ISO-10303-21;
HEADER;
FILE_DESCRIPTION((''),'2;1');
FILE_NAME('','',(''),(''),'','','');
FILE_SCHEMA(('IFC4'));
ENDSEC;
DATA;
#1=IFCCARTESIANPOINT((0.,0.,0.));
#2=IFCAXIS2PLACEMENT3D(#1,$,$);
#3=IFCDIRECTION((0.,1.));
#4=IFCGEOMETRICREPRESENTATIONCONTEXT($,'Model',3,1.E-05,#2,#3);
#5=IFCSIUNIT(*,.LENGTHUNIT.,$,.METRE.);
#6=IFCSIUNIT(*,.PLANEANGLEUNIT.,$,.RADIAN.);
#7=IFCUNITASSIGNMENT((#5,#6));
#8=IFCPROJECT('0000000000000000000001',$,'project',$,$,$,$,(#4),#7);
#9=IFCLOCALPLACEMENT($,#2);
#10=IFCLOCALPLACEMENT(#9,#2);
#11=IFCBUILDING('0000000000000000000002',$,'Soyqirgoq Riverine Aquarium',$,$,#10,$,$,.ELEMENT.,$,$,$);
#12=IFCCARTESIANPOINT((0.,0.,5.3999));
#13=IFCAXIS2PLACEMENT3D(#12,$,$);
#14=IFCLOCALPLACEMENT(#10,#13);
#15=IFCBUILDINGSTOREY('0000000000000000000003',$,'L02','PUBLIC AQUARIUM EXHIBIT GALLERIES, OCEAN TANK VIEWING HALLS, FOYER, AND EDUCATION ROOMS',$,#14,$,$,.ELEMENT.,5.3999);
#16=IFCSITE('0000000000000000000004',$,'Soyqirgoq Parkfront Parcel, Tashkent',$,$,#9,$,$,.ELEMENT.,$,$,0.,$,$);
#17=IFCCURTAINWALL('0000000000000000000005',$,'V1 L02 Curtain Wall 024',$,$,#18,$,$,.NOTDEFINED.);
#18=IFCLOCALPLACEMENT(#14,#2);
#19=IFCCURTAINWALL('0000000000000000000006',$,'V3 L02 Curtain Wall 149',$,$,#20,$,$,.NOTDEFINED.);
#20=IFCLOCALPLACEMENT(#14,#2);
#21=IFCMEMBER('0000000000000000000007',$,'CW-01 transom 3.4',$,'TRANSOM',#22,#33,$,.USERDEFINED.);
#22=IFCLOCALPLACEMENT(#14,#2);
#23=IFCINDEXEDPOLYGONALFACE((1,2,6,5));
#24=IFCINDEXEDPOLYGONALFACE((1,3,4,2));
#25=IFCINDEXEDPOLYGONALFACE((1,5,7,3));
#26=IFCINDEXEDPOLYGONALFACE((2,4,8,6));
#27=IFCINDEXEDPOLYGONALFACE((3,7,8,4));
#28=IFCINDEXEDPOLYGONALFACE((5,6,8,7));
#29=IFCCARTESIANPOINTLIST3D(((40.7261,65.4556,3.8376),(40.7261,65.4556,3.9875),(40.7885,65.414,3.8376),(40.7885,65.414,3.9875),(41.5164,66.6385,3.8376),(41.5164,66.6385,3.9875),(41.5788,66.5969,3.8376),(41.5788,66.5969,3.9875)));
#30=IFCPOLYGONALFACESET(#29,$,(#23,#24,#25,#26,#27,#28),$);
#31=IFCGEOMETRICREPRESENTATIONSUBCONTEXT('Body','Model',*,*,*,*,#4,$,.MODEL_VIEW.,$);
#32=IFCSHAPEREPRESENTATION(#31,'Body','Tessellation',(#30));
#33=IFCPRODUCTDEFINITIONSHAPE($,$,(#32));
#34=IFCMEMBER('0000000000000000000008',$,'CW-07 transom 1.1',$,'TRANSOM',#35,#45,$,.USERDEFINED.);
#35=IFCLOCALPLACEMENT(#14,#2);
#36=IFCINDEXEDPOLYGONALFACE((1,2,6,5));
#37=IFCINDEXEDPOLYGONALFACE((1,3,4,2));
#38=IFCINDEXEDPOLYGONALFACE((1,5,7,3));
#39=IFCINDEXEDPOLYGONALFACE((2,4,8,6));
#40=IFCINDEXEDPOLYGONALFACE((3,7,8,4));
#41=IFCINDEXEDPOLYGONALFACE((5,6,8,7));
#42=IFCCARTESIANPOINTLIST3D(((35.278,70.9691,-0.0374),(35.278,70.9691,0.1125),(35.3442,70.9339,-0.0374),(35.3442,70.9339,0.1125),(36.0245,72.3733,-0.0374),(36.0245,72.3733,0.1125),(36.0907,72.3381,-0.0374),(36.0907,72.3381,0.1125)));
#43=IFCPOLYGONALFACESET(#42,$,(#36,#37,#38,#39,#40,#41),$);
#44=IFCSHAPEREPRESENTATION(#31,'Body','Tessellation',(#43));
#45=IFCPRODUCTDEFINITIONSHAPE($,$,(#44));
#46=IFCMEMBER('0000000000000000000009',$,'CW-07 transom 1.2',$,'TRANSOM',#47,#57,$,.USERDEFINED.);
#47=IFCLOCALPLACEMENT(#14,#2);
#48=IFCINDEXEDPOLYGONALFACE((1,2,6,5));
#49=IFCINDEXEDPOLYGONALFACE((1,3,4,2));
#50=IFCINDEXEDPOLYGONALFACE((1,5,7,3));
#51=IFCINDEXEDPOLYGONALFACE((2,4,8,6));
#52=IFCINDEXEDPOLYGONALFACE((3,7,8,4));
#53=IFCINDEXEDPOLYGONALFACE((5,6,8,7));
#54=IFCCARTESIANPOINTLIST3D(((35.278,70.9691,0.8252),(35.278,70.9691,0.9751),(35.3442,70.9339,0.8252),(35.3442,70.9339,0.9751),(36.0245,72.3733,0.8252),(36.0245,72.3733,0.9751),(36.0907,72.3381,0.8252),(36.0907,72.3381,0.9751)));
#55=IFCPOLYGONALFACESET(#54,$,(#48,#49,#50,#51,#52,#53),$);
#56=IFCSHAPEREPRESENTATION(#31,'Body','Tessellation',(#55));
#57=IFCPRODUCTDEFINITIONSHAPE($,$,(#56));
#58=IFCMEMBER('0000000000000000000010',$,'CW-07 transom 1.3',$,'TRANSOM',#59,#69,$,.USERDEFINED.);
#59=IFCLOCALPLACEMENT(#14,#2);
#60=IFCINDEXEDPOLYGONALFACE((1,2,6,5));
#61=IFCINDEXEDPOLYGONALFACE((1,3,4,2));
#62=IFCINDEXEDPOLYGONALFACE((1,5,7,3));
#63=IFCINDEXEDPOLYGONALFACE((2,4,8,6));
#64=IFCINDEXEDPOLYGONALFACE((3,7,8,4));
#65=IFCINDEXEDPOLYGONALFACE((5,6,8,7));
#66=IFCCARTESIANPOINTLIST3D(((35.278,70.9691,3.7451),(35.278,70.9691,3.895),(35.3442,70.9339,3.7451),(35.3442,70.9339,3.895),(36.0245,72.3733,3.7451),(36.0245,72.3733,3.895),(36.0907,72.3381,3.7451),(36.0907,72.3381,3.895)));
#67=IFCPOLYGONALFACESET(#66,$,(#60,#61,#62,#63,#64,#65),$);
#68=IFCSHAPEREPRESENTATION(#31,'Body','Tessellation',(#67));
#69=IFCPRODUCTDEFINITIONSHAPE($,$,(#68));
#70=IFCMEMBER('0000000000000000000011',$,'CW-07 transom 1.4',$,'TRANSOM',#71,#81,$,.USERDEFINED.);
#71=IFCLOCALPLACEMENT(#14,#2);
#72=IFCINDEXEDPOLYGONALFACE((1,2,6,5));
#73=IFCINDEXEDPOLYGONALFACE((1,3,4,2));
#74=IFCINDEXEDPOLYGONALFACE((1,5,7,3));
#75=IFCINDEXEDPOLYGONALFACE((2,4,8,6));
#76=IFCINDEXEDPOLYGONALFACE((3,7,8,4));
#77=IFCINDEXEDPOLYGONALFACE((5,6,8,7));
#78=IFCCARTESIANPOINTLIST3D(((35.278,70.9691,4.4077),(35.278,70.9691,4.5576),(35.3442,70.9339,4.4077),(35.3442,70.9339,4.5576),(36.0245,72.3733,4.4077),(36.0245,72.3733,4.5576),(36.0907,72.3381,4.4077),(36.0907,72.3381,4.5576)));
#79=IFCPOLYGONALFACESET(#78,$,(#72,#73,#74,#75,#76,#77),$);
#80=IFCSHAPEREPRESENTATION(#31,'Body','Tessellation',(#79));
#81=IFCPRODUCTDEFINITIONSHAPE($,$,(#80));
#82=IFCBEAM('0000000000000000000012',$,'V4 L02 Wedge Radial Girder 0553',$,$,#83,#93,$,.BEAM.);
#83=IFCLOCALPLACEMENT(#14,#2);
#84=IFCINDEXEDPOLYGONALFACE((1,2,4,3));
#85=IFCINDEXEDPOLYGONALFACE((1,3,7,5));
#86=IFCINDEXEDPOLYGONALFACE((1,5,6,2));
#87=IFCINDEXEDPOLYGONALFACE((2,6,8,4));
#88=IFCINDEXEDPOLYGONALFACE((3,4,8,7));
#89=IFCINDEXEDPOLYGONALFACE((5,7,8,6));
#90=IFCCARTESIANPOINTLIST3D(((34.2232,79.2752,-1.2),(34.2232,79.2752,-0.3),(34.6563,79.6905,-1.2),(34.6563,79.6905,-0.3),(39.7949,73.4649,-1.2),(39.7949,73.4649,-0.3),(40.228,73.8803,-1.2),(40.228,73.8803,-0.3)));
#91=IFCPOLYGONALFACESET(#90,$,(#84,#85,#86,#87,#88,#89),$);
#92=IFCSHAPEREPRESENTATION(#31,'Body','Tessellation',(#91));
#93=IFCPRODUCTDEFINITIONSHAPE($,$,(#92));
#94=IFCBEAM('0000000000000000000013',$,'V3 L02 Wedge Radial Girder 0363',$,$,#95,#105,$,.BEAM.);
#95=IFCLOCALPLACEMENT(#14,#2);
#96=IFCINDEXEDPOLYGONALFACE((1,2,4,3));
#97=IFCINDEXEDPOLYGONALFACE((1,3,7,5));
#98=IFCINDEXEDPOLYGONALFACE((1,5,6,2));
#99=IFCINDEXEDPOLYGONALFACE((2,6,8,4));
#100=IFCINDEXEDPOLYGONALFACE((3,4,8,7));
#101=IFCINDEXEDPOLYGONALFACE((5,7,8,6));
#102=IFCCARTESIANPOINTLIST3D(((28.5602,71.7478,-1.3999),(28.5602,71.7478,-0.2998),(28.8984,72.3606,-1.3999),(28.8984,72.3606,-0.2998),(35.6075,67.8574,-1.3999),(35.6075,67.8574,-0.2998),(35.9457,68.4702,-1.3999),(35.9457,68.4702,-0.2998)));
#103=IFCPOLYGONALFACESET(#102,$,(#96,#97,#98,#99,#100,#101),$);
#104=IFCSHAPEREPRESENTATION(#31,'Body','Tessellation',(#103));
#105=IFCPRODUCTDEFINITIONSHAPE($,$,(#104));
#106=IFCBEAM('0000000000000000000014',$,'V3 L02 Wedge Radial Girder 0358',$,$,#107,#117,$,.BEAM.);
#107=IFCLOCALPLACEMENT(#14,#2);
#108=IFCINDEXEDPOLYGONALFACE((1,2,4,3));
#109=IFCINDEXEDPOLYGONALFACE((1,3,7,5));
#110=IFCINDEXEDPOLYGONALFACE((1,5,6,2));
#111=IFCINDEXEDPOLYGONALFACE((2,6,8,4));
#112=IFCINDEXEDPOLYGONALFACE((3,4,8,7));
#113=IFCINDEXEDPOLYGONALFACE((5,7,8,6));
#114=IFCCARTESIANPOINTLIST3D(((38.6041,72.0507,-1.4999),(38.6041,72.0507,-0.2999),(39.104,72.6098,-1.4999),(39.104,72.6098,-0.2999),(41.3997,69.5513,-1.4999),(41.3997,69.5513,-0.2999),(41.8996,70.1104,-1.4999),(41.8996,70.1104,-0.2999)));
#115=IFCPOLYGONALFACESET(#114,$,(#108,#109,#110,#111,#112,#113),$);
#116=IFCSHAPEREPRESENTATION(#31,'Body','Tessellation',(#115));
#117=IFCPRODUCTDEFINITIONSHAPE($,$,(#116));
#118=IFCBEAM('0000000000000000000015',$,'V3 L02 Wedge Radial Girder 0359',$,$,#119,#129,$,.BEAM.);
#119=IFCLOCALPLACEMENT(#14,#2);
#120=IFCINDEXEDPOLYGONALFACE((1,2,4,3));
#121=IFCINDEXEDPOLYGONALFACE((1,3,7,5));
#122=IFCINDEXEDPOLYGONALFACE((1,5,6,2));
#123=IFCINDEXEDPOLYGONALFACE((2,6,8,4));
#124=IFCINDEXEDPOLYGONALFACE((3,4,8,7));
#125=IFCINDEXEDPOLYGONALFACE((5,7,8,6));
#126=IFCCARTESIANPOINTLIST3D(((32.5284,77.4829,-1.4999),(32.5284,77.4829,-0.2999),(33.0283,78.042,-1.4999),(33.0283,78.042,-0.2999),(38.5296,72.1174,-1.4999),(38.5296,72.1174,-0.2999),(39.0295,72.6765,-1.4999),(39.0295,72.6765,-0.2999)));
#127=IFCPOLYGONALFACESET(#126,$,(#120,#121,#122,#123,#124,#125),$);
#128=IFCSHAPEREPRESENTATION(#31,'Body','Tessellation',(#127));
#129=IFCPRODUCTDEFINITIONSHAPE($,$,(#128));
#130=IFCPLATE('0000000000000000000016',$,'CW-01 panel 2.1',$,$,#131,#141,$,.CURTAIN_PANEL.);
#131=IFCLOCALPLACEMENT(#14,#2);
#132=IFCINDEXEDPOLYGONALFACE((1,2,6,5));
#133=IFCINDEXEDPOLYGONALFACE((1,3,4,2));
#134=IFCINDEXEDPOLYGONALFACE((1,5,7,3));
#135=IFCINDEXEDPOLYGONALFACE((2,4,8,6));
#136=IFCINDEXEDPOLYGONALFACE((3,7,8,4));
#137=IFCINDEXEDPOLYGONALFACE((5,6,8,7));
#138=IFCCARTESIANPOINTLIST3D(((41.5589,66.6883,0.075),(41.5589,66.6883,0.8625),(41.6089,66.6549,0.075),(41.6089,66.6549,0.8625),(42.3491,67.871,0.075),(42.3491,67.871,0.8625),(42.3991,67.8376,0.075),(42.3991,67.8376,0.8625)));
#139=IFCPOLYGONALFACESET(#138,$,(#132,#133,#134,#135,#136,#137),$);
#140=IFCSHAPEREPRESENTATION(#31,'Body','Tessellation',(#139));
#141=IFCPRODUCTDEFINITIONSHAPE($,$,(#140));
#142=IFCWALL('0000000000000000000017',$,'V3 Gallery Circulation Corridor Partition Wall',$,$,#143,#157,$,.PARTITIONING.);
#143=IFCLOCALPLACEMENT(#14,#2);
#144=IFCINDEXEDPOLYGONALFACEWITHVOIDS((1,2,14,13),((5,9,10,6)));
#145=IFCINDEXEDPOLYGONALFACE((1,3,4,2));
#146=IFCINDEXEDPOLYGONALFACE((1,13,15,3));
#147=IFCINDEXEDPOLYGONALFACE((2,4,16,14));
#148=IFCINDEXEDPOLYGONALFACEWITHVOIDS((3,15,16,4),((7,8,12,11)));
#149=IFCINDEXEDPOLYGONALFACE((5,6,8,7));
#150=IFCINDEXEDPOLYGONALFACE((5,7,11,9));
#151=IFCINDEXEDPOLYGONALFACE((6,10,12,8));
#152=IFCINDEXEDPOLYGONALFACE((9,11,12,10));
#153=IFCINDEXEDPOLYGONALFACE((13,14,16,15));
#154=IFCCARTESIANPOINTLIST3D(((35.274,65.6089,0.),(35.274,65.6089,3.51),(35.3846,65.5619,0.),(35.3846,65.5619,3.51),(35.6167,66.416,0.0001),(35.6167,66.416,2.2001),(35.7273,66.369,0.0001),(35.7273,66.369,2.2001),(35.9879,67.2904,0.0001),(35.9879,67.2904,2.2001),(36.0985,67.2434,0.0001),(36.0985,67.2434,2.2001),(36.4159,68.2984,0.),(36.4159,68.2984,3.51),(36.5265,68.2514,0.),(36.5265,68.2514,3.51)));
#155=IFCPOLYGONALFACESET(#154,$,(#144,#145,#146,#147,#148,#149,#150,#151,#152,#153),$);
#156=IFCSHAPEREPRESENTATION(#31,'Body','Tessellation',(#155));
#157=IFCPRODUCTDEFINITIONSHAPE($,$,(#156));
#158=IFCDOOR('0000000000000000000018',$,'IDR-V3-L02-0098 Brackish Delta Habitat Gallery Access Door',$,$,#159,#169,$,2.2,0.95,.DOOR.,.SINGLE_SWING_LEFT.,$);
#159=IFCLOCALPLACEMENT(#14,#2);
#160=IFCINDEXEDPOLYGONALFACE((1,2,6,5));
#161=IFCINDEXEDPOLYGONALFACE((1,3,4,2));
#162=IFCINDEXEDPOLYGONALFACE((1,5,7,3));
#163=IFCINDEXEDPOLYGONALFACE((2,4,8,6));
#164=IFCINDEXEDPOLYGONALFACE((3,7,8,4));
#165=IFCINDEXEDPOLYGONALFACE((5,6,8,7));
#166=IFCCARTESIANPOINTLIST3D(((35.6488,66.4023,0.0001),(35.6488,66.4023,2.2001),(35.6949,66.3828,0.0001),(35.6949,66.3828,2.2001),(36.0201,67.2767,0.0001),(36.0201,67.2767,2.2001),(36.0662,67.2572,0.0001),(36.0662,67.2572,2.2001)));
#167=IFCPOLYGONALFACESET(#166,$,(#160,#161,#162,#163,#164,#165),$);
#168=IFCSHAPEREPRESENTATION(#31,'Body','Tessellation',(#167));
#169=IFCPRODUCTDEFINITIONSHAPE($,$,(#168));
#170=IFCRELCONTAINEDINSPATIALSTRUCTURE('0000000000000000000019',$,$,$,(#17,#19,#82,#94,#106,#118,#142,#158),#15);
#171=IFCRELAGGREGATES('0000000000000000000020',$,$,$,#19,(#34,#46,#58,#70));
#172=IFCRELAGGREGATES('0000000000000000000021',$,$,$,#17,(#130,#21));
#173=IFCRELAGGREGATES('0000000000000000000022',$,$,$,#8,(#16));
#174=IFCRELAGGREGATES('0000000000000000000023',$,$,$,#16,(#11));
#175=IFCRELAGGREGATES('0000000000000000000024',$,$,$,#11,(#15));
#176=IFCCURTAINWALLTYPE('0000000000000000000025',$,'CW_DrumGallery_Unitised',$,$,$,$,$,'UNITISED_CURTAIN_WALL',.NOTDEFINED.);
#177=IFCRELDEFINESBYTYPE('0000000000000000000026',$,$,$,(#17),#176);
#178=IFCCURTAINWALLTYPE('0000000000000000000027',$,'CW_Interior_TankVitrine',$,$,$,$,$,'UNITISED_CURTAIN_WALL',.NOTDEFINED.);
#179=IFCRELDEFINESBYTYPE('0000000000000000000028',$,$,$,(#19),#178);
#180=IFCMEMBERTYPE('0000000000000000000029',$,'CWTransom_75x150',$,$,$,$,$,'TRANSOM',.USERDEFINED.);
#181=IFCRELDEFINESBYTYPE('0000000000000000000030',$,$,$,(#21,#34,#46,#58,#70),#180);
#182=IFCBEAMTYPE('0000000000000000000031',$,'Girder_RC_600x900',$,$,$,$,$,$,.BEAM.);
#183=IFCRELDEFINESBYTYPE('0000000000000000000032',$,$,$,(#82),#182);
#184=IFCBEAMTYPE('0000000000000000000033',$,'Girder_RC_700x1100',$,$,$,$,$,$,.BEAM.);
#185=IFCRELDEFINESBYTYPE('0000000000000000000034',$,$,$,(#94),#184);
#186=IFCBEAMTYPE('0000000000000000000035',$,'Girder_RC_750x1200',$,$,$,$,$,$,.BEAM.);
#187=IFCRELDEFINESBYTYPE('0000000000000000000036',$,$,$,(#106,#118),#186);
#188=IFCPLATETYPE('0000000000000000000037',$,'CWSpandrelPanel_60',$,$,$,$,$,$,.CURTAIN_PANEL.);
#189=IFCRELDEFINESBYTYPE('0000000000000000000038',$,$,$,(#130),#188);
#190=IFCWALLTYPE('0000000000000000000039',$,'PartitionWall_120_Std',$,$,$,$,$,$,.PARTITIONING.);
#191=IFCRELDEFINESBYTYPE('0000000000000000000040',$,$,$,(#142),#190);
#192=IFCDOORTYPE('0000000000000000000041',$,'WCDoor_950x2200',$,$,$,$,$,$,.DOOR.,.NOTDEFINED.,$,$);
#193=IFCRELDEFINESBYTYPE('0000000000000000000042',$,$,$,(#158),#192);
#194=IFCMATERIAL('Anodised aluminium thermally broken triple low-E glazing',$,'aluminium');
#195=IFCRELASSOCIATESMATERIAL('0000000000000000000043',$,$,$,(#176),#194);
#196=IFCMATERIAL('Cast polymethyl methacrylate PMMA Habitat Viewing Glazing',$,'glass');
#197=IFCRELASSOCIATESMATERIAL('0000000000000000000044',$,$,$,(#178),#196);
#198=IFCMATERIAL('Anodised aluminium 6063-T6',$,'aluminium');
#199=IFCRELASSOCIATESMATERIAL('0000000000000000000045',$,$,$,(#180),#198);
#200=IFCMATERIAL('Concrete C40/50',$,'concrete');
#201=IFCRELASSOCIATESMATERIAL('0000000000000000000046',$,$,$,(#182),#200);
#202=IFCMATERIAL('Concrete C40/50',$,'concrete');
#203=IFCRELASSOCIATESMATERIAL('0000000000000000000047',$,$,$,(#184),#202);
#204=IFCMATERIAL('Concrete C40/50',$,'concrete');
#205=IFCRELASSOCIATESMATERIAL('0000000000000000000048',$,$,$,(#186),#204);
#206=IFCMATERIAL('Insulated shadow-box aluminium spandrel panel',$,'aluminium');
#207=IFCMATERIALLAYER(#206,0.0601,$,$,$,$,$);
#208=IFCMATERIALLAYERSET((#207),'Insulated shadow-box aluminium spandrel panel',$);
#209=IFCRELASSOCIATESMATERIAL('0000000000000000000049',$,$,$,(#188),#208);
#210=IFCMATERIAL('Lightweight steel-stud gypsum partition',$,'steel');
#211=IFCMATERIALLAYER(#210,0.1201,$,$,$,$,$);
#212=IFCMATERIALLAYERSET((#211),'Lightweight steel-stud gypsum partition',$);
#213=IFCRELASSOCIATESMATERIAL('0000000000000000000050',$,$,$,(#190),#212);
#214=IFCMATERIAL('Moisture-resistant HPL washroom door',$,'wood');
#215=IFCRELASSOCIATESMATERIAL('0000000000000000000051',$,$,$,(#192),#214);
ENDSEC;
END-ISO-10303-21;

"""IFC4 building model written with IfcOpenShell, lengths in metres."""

from ifc_helpers import new_model, si_unit, direction, frame, frame_2d, origin, origin_2d, place, context, subcontext, project, spatial, rectangle, extrude, material, layer, layer_set, material_profile, profile_set, type_object, element, fill, aggregate, save


model = new_model("IFC4")

# Units and contexts
model_context = context("Model", 3, precision=1e-05, world=origin(), true_north=direction((0.0, 1.0)))
body_context = subcontext(model_context, "Body", "Model", "MODEL_VIEW")
ifc_project = project(units=[si_unit("LENGTHUNIT", "METRE"), si_unit("PLANEANGLEUNIT", "RADIAN")], contexts=[model_context])

# Site, building, storey
site_placement = place(None, origin())
site = spatial("IfcSite", under=ifc_project, at=site_placement, Name="Soyqirgoq Parkfront Parcel, Tashkent", CompositionType="ELEMENT", RefElevation=0.0)
building_placement = place(site_placement, origin())
building = spatial("IfcBuilding", under=site, at=building_placement, Name="Soyqirgoq Riverine Aquarium", CompositionType="ELEMENT")
storey_placement = place(building_placement, frame((0.0, 0.0, 5.3999)))
storey = spatial("IfcBuildingStorey", under=building, at=storey_placement, Name="L02", Description="PUBLIC AQUARIUM EXHIBIT GALLERIES, OCEAN TANK VIEWING HALLS, FOYER, AND EDUCATION ROOMS", CompositionType="ELEMENT", Elevation=5.3999)

# Curtain walls
ifc_material_1 = material(Name="Anodised aluminium thermally broken triple low-E glazing", Category="aluminium")
curtain_wall_type_1 = type_object("IfcCurtainWallType", Name="CW_DrumGallery_Unitised", ElementType="UNITISED_CURTAIN_WALL", PredefinedType="NOTDEFINED", material=ifc_material_1)
curtain_wall_1_placement = place(storey_placement, origin())
curtain_wall_1 = element("IfcCurtainWall", 1, at=curtain_wall_1_placement, inside=storey, type_object=curtain_wall_type_1, Name="V1 L02 Curtain Wall 024", PredefinedType="NOTDEFINED")
ifc_material_2 = material(Name="Cast polymethyl methacrylate PMMA Habitat Viewing Glazing", Category="glass")
curtain_wall_type_2 = type_object("IfcCurtainWallType", Name="CW_Interior_TankVitrine", ElementType="UNITISED_CURTAIN_WALL", PredefinedType="NOTDEFINED", material=ifc_material_2)
curtain_wall_2_placement = place(storey_placement, origin())
curtain_wall_2 = element("IfcCurtainWall", 2, at=curtain_wall_2_placement, inside=storey, type_object=curtain_wall_type_2, Name="V3 L02 Curtain Wall 149", PredefinedType="NOTDEFINED")

# Members
ifc_material_3 = material(Name="Anodised aluminium 6063-T6", Category="aluminium")
ifc_material_profile_1 = material_profile(ifc_material_3, rectangle(XDim=0.075, YDim=0.1499, at=origin_2d()), Name="ALU-T 75x150")
ifc_profile_set_1 = profile_set([ifc_material_profile_1], Name="Anodised aluminium 6063-T6")
member_type_1 = type_object("IfcMemberType", Name="CWTransom_75x150", ElementType="TRANSOM", PredefinedType="USERDEFINED", material=ifc_profile_set_1)
member_1_placement = place(storey_placement, frame((41.5476, 66.6177, 3.9126), z_axis=(-0.555532, -0.831495, 0.0), x_axis=(0.831495, -0.555532, 0.0)))
member_1 = element("IfcMember", 3, at=member_1_placement, type_object=member_type_1, Name="CW-01 transom 3.4", ObjectType="TRANSOM", PredefinedType="USERDEFINED", context=body_context, shape_type="SweptSolid", body=[
    extrude(rectangle(XDim=0.075, YDim=0.1499, at=origin_2d()), origin(), (0.0, 0.0, 1.0), 1.4226),
])
member_2_placement = place(storey_placement, frame((36.0576, 72.3557, 0.0376), z_axis=(-0.469425, -0.882973, 0.0), x_axis=(0.882973, -0.469425, 0.0)))
member_2 = element("IfcMember", 4, at=member_2_placement, type_object=member_type_1, Name="CW-07 transom 1.1", ObjectType="TRANSOM", PredefinedType="USERDEFINED", context=body_context, shape_type="SweptSolid", body=[
    extrude(rectangle(XDim=0.075, YDim=0.1499, at=origin_2d()), origin(), (0.0, 0.0, 1.0), 1.5903),
])
member_3_placement = place(storey_placement, frame((36.0576, 72.3557, 0.9001), z_axis=(-0.469425, -0.882973, 0.0), x_axis=(0.882973, -0.469425, 0.0)))
member_3 = element("IfcMember", 5, at=member_3_placement, type_object=member_type_1, Name="CW-07 transom 1.2", ObjectType="TRANSOM", PredefinedType="USERDEFINED", context=body_context, shape_type="SweptSolid", body=[
    extrude(rectangle(XDim=0.075, YDim=0.1499, at=origin_2d()), origin(), (0.0, 0.0, 1.0), 1.5903),
])
member_4_placement = place(storey_placement, frame((36.0576, 72.3557, 3.8201), z_axis=(-0.469425, -0.882973, 0.0), x_axis=(0.882973, -0.469425, 0.0)))
member_4 = element("IfcMember", 6, at=member_4_placement, type_object=member_type_1, Name="CW-07 transom 1.3", ObjectType="TRANSOM", PredefinedType="USERDEFINED", context=body_context, shape_type="SweptSolid", body=[
    extrude(rectangle(XDim=0.075, YDim=0.1499, at=origin_2d()), origin(), (0.0, 0.0, 1.0), 1.5903),
])
member_5_placement = place(storey_placement, frame((36.0576, 72.3557, 4.4827), z_axis=(-0.469425, -0.882973, 0.0), x_axis=(0.882973, -0.469425, 0.0)))
member_5 = element("IfcMember", 7, at=member_5_placement, type_object=member_type_1, Name="CW-07 transom 1.4", ObjectType="TRANSOM", PredefinedType="USERDEFINED", context=body_context, shape_type="SweptSolid", body=[
    extrude(rectangle(XDim=0.075, YDim=0.1499, at=origin_2d()), origin(), (0.0, 0.0, 1.0), 1.5903),
])
aggregate(curtain_wall_2, [member_2, member_3, member_4, member_5])

# Beams
ifc_material_4 = material(Name="Concrete C40/50", Category="concrete")
ifc_material_profile_2 = material_profile(ifc_material_4, rectangle(XDim=0.6001, YDim=0.8999, at=origin_2d()), Name="RC 600x900")
ifc_profile_set_2 = profile_set([ifc_material_profile_2], Name="Concrete C40/50")
beam_type_1 = type_object("IfcBeamType", Name="Girder_RC_600x900", PredefinedType="BEAM", material=ifc_profile_set_2)
beam_1_placement = place(storey_placement, frame((40.0115, 73.6726, -0.75), z_axis=(-0.692137, 0.721767, 0.0), x_axis=(-0.721767, -0.692137, 0.0)))
element("IfcBeam", 8, at=beam_1_placement, inside=storey, type_object=beam_type_1, Name="V4 L02 Wedge Radial Girder 0553", PredefinedType="BEAM", context=body_context, shape_type="SweptSolid", body=[
    extrude(rectangle(XDim=0.6001, YDim=0.8999, at=origin_2d()), origin(), (0.0, 0.0, 1.0), 8.05),
])
ifc_material_5 = material(Name="Concrete C40/50", Category="concrete")
ifc_material_profile_3 = material_profile(ifc_material_5, rectangle(XDim=0.7, YDim=1.1001, at=origin_2d()), Name="RC 700x1100")
ifc_profile_set_3 = profile_set([ifc_material_profile_3], Name="Concrete C40/50")
beam_type_2 = type_object("IfcBeamType", Name="Girder_RC_700x1100", PredefinedType="BEAM", material=ifc_profile_set_3)
beam_2_placement = place(storey_placement, frame((35.7766, 68.1638, -0.8499), z_axis=(-0.875463, 0.483285, 0.0), x_axis=(-0.483285, -0.875463, 0.0)))
element("IfcBeam", 9, at=beam_2_placement, inside=storey, type_object=beam_type_2, Name="V3 L02 Wedge Radial Girder 0363", PredefinedType="BEAM", context=body_context, shape_type="SweptSolid", body=[
    extrude(rectangle(XDim=0.7, YDim=1.1001, at=origin_2d()), origin(), (0.0, 0.0, 1.0), 8.0498),
])
ifc_material_6 = material(Name="Concrete C40/50", Category="concrete")
ifc_material_profile_4 = material_profile(ifc_material_6, rectangle(XDim=0.75, YDim=1.2, at=origin_2d()), Name="RC 750x1200")
ifc_profile_set_4 = profile_set([ifc_material_profile_4], Name="Concrete C40/50")
beam_type_3 = type_object("IfcBeamType", Name="Girder_RC_750x1200", PredefinedType="BEAM", material=ifc_profile_set_4)
beam_3_placement = place(storey_placement, frame((41.6497, 69.8308, -0.8999), z_axis=(-0.745488, 0.666519, 0.0), x_axis=(-0.666519, -0.745488, 0.0)))
element("IfcBeam", 10, at=beam_3_placement, inside=storey, type_object=beam_type_3, Name="V3 L02 Wedge Radial Girder 0358", PredefinedType="BEAM", context=body_context, shape_type="SweptSolid", body=[
    extrude(rectangle(XDim=0.75, YDim=1.2, at=origin_2d()), origin(), (0.0, 0.0, 1.0), 3.75),
])
beam_4_placement = place(storey_placement, frame((38.7795, 72.397, -0.8999), z_axis=(-0.74549, 0.666516, 0.0), x_axis=(-0.666516, -0.74549, 0.0)))
element("IfcBeam", 11, at=beam_4_placement, inside=storey, type_object=beam_type_3, Name="V3 L02 Wedge Radial Girder 0359", PredefinedType="BEAM", context=body_context, shape_type="SweptSolid", body=[
    extrude(rectangle(XDim=0.75, YDim=1.2, at=origin_2d()), origin(), (0.0, 0.0, 1.0), 8.05),
])

# Plate
ifc_material_7 = material(Name="Insulated shadow-box aluminium spandrel panel", Category="aluminium")
ifc_layer_1 = layer(ifc_material_7, 0.0601)
ifc_layer_set_1 = layer_set([ifc_layer_1], Name="Insulated shadow-box aluminium spandrel panel")
plate_type = type_object("IfcPlateType", Name="CWSpandrelPanel_60", PredefinedType="CURTAIN_PANEL", material=ifc_layer_set_1)
plate_placement = place(storey_placement, frame((41.979, 67.2629, 0.075), z_axis=(0.0, 0.0, 1.0), x_axis=(-0.555565, -0.831473, 0.0)))
plate = element("IfcPlate", 12, at=plate_placement, type_object=plate_type, Name="CW-01 panel 2.1", PredefinedType="CURTAIN_PANEL", context=body_context, shape_type="SweptSolid", body=[
    extrude(rectangle(XDim=1.4224, YDim=0.0601, at=origin_2d()), origin(), (0.0, 0.0, 1.0), 0.7876),
])
aggregate(curtain_wall_1, [plate, member_1])

# Wall, opening, door
ifc_material_8 = material(Name="Lightweight steel-stud gypsum partition", Category="steel")
ifc_layer_2 = layer(ifc_material_8, 0.1201)
ifc_layer_set_2 = layer_set([ifc_layer_2], Name="Lightweight steel-stud gypsum partition")
wall_type_1 = type_object("IfcWallType", Name="PartitionWall_120_Std", PredefinedType="PARTITIONING", material=ifc_layer_set_2)
wall_1_placement = place(storey_placement, frame((36.4712, 68.2749, 0.0), z_axis=(0.0, 0.0, 1.0), x_axis=(-0.390801, -0.920475, 0.0)))
wall_1 = element("IfcWall", 13, at=wall_1_placement, inside=storey, type_object=wall_type_1, Name="V3 Gallery Circulation Corridor Partition Wall", PredefinedType="PARTITIONING", context=body_context, shape_type="SweptSolid", body=[
    extrude(rectangle(XDim=2.9219, YDim=0.1201, at=frame_2d((1.4609, 0.0))), origin(), (0.0, 0.0, 1.0), 3.51),
])
opening_1_placement = place(wall_1_placement, frame((1.095, 0.0, 0.0)))
opening_1 = element("IfcOpeningElement", 14, at=opening_1_placement, cuts=wall_1, PredefinedType="OPENING", context=body_context, shape_type="SweptSolid", body=[
    extrude(rectangle(XDim=0.95, YDim=2.2, at=frame_2d((0.4751, 1.1001))), frame((0.0, 0.0701, 0.0), z_axis=(0.0, -1.0, 0.0), x_axis=(1.0, 0.0, 0.0)), (0.0, 0.0, 1.0), 0.1401),
])
ifc_material_9 = material(Name="Moisture-resistant HPL washroom door", Category="wood")
door_type = type_object("IfcDoorType", Name="WCDoor_950x2200", OperationType="NOTDEFINED", PredefinedType="DOOR", material=ifc_material_9)
door_placement = place(opening_1_placement, origin())
door = element("IfcDoor", 15, at=door_placement, inside=storey, type_object=door_type, Name="IDR-V3-L02-0098 Brackish Delta Habitat Gallery Access Door", OperationType="SINGLE_SWING_LEFT", OverallHeight=2.2, OverallWidth=0.95, PredefinedType="DOOR", context=body_context, shape_type="SweptSolid", body=[
    extrude(rectangle(XDim=0.95, YDim=2.2, at=frame_2d((0.4751, 1.1001))), frame((0.0, 0.0249, 0.0), z_axis=(0.0, -1.0, 0.0), x_axis=(1.0, 0.0, 0.0)), (0.0, 0.0, 1.0), 0.05),
])
fill(opening_1, door)

save(model, "model.ifc")
